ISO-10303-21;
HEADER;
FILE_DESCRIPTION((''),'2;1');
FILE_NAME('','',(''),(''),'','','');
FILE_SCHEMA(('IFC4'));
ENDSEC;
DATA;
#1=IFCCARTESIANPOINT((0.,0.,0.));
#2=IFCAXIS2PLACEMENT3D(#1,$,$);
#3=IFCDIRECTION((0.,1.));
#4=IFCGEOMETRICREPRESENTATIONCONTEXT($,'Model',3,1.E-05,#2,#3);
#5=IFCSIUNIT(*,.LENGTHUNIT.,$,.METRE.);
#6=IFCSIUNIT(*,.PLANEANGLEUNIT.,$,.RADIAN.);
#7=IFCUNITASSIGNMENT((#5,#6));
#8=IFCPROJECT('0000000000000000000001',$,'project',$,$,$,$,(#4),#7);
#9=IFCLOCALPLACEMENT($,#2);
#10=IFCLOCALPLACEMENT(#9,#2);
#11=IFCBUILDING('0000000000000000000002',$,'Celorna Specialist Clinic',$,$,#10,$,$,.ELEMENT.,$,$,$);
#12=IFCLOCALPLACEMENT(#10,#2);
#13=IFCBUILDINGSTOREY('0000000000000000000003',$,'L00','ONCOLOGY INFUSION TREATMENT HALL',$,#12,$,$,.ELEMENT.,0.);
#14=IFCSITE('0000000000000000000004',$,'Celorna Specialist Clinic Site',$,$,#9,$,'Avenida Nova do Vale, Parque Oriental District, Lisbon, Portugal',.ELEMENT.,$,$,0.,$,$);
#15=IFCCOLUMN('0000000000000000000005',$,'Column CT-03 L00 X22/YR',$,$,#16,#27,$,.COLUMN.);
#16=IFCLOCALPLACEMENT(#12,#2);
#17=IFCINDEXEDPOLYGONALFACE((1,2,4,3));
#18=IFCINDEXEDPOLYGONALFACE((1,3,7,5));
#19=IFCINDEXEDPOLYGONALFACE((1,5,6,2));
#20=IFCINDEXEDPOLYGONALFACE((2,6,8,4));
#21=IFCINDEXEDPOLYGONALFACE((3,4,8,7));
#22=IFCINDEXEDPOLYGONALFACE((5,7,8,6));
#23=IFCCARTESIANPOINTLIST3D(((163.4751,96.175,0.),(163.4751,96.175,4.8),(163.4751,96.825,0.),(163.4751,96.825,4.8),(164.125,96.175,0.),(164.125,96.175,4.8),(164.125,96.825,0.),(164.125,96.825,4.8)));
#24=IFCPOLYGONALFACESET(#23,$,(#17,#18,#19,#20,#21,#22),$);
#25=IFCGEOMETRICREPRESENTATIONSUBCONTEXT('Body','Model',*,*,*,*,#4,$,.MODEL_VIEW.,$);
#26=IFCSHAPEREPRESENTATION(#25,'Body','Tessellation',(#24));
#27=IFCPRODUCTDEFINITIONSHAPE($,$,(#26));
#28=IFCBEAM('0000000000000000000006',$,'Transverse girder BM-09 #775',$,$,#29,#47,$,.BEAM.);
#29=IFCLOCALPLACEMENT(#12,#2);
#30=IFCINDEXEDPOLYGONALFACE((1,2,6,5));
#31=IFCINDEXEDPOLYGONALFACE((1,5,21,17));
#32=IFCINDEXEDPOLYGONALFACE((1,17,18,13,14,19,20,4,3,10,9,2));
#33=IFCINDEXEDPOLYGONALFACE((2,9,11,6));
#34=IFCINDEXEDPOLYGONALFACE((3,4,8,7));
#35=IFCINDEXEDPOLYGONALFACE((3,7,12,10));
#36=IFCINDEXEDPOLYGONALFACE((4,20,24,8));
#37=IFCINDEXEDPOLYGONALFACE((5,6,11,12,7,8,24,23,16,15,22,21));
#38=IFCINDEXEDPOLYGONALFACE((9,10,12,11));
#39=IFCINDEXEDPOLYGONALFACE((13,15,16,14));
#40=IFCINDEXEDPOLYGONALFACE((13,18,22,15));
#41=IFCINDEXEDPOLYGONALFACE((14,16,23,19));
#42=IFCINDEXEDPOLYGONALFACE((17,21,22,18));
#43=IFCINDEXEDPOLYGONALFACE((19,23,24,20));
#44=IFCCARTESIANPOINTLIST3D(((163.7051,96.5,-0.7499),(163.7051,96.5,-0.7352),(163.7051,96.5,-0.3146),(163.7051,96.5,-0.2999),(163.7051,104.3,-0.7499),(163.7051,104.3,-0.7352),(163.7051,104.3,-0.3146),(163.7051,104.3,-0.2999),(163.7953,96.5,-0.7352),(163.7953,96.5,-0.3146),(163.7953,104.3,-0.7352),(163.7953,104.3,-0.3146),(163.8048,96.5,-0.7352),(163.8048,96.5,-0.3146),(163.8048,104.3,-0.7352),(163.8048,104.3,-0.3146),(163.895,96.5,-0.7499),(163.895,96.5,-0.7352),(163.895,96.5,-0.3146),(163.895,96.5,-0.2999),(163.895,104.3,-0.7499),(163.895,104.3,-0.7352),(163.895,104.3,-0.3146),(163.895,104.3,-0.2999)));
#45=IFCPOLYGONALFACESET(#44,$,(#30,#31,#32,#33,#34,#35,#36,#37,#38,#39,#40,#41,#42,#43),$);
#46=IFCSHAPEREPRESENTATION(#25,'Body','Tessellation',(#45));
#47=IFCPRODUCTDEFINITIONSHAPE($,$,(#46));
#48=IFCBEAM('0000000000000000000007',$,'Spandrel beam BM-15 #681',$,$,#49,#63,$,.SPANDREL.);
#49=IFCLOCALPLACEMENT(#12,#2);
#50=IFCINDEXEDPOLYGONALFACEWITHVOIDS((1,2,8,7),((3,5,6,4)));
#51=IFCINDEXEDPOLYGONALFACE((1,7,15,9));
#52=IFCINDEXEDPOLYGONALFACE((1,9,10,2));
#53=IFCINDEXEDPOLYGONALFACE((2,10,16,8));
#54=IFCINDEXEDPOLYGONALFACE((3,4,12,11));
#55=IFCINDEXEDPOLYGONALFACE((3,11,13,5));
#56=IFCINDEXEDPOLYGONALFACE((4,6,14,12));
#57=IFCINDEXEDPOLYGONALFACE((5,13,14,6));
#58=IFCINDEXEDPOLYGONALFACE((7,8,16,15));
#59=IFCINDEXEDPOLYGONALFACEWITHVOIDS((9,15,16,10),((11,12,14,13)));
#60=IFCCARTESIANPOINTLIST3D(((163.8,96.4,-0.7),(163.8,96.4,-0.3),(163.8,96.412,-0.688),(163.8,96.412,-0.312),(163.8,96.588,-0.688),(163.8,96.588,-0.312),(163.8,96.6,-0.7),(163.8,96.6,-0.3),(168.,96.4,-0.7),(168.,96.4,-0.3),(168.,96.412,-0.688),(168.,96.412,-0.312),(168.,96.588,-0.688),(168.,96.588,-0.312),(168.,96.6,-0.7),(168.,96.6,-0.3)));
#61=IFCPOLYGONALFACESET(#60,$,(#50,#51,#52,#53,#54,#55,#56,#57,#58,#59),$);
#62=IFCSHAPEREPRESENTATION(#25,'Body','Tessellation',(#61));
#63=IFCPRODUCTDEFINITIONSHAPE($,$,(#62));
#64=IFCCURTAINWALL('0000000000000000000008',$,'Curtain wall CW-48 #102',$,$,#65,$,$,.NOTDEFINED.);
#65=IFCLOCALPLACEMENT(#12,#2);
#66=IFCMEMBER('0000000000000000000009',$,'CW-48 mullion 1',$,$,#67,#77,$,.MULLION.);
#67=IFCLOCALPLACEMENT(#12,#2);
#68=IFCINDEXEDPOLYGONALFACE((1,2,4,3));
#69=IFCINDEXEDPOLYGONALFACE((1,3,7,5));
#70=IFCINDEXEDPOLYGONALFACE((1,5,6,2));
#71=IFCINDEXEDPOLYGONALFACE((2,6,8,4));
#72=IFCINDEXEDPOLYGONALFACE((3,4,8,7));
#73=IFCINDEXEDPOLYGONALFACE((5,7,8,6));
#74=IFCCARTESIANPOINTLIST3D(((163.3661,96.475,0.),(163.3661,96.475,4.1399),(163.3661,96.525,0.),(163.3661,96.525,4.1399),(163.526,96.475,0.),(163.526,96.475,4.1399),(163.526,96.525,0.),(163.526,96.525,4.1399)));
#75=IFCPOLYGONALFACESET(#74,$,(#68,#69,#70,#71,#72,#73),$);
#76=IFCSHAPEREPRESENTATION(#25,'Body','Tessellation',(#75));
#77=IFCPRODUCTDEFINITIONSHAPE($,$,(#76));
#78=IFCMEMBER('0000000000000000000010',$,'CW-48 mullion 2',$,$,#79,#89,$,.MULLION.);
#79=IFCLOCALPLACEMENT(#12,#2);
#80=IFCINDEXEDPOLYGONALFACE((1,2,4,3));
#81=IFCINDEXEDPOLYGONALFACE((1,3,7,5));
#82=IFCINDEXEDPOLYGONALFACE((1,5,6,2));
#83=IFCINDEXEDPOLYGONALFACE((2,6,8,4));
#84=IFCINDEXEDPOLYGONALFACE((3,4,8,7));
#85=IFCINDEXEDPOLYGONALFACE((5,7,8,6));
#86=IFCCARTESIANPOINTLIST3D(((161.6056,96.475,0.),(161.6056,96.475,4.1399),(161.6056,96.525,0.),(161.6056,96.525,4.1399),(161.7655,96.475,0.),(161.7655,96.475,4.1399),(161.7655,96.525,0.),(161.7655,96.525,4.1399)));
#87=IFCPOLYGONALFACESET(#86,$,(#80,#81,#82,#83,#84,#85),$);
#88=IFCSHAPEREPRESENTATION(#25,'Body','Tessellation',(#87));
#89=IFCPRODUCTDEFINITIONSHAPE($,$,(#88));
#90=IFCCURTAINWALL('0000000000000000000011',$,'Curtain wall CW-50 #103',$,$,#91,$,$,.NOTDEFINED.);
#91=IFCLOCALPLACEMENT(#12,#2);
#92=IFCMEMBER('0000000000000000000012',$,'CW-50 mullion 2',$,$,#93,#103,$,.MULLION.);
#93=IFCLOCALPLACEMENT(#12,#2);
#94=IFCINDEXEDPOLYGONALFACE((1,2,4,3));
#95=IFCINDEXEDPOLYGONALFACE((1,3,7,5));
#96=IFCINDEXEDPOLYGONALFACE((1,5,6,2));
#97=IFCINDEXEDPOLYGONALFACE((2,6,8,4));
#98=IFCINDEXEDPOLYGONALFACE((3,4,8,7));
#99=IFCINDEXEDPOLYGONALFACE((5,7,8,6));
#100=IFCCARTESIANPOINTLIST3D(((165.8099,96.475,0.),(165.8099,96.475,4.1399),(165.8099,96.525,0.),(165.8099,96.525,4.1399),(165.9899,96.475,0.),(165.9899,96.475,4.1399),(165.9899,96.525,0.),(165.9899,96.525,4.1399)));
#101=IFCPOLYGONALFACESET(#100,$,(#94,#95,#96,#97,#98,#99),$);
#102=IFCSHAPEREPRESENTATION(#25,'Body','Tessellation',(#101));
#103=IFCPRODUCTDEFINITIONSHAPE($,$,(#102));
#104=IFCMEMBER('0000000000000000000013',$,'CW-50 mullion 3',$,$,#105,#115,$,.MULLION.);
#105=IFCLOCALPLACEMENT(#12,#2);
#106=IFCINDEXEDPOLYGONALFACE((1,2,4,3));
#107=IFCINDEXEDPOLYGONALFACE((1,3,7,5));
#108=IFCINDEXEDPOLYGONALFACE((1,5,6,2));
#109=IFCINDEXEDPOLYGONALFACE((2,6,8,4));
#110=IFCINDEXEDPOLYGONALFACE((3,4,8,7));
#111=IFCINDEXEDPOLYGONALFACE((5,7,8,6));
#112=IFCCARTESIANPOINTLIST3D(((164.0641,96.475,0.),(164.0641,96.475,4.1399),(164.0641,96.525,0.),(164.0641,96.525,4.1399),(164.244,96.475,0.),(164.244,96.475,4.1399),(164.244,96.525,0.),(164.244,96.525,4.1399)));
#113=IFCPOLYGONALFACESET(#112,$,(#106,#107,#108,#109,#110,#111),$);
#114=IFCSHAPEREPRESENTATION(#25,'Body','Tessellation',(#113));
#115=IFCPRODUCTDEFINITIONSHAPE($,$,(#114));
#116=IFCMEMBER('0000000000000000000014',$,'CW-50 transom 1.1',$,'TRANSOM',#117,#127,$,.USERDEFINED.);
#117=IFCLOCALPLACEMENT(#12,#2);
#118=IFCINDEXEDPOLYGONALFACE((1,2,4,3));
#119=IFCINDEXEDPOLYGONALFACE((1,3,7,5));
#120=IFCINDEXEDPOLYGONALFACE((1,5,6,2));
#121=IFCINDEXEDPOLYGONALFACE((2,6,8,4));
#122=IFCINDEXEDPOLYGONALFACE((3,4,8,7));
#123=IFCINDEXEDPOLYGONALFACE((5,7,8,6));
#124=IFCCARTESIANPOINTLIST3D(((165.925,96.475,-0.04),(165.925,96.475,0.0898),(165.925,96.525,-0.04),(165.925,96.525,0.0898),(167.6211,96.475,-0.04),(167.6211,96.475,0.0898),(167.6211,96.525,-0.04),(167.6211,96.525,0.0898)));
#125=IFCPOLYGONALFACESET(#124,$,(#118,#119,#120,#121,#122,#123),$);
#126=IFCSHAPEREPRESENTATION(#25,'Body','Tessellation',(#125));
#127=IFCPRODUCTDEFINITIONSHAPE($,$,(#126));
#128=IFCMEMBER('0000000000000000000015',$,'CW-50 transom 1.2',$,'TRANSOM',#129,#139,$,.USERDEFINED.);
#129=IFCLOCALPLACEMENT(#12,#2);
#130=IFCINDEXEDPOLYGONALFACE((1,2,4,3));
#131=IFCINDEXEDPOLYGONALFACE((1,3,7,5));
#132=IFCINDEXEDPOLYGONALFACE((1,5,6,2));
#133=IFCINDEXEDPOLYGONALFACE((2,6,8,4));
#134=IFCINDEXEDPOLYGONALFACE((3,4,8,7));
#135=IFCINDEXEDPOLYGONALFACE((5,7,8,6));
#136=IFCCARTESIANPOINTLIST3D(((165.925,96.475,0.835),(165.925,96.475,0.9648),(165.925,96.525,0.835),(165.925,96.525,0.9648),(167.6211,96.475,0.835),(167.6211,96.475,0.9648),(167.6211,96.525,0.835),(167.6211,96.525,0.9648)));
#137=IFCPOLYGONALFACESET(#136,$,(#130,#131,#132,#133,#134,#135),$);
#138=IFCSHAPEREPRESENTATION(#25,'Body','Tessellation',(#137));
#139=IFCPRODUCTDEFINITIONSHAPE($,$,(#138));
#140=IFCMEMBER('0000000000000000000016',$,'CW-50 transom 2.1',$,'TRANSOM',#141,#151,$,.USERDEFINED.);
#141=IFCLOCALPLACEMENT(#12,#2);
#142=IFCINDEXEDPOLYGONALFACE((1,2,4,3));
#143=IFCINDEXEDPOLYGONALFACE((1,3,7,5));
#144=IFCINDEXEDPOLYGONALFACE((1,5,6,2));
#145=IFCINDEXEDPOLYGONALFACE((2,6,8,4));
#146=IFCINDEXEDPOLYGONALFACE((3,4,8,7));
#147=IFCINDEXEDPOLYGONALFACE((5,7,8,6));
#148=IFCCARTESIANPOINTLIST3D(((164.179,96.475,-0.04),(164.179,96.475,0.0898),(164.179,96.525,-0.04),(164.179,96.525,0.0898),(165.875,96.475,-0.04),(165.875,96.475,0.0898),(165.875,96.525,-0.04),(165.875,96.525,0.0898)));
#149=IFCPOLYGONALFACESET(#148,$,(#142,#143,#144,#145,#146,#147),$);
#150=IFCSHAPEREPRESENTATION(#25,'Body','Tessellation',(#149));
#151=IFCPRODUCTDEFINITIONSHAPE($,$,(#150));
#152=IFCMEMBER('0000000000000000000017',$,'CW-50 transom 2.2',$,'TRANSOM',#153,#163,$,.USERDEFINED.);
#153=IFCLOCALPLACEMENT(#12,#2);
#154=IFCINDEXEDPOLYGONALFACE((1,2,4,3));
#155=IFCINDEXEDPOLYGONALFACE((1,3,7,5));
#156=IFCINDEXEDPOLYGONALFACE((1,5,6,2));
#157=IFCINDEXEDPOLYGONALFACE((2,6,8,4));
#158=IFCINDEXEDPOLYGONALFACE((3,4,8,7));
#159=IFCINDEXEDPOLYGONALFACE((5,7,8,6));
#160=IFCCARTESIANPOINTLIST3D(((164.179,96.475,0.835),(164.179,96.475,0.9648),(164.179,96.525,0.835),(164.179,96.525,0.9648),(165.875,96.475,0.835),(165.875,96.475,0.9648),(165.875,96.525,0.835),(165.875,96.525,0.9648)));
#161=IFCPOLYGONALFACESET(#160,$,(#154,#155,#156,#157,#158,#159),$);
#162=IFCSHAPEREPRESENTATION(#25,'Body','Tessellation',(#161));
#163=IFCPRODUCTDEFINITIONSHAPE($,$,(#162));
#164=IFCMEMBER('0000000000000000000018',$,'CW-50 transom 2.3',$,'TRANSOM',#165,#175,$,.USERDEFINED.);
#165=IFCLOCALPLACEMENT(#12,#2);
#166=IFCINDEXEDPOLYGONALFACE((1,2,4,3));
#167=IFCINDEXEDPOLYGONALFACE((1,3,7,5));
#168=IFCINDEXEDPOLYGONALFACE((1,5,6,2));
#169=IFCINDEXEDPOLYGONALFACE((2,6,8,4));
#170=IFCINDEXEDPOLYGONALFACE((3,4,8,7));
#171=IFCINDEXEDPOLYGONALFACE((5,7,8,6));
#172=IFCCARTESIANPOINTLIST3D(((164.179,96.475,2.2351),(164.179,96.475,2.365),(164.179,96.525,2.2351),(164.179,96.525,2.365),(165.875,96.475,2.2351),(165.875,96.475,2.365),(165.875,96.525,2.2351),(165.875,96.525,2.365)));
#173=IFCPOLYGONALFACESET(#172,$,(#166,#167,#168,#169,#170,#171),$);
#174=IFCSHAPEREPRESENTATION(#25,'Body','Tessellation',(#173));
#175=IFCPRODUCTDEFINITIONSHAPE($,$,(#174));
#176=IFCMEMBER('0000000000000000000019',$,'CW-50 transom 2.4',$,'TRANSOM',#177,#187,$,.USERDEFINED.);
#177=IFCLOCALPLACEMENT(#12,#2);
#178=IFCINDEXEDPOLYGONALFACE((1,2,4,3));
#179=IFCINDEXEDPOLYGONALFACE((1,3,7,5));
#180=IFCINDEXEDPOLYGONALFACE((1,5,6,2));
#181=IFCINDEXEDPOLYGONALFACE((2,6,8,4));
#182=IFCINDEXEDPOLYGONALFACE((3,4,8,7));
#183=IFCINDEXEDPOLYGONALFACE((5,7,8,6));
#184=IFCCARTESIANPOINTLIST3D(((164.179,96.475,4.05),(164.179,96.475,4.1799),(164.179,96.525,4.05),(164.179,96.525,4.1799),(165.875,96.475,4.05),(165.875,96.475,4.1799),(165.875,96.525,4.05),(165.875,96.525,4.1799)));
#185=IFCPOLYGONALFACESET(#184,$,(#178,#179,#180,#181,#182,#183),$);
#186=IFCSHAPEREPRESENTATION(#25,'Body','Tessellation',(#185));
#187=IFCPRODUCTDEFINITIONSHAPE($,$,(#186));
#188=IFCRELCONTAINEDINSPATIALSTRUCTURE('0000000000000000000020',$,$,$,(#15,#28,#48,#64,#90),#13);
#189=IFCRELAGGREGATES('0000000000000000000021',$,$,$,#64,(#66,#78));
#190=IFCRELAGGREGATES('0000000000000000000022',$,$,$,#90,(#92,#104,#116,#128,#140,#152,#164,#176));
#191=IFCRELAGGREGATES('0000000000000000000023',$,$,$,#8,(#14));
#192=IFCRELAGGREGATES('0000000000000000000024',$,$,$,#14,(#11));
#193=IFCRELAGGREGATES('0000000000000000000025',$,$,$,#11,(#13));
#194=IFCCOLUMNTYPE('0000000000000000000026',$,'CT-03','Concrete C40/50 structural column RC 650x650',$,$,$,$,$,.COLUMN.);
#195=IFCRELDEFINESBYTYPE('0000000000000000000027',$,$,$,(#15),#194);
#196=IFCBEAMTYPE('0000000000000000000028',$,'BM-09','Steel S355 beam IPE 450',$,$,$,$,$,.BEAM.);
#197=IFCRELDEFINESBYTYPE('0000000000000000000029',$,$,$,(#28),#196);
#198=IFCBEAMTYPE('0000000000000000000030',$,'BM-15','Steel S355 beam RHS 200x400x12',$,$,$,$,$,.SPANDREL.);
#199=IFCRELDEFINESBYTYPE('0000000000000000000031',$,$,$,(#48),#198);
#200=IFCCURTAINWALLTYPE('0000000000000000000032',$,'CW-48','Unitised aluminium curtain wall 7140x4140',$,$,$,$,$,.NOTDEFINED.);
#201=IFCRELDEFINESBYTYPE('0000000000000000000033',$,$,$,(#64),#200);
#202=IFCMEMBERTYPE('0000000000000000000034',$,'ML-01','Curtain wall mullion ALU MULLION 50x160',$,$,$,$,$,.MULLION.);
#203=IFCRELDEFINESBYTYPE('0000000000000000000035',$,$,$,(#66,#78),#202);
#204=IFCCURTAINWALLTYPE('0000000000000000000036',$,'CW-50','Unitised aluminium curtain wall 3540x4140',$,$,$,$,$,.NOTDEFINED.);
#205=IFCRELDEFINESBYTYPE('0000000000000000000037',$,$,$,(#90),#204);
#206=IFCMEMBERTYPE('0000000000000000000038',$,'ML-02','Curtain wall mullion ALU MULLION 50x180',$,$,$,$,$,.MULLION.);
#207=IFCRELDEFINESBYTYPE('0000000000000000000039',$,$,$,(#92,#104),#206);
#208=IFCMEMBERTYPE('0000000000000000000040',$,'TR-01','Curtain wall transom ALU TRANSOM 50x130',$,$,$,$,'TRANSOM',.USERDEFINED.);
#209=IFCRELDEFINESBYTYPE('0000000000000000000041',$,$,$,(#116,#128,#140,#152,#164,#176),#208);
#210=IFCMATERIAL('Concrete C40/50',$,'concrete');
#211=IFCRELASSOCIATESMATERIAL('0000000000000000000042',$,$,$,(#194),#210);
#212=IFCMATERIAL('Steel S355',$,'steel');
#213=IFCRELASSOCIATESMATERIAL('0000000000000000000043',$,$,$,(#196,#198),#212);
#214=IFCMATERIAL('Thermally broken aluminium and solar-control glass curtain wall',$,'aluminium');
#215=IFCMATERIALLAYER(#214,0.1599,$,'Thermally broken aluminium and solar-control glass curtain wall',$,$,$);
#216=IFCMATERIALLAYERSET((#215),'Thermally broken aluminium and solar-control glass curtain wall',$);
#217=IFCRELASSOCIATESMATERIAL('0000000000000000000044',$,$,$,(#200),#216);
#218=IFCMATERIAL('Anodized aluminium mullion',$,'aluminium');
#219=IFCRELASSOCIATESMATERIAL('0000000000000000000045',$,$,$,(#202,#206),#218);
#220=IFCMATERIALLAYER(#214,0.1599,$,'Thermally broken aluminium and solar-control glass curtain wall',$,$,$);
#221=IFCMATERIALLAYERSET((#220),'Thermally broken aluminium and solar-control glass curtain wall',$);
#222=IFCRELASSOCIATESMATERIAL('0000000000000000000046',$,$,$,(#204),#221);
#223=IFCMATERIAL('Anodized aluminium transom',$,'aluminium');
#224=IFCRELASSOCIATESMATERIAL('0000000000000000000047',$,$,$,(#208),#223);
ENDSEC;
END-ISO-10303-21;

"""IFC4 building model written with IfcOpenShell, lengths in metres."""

from ifc_helpers import new_model, si_unit, direction, frame, origin, origin_2d, place, context, subcontext, project, spatial, rectangle, hollow_rectangle, i_section, extrude, material, layer, layer_set, material_profile, profile_set, type_object, element, aggregate, save


model = new_model("IFC4")

# Units and contexts
model_context = context("Model", 3, precision=1e-05, world=origin(), true_north=direction((0.0, 1.0)))
body_context = subcontext(model_context, "Body", "Model", "MODEL_VIEW")
ifc_project = project(units=[si_unit("LENGTHUNIT", "METRE"), si_unit("PLANEANGLEUNIT", "RADIAN")], contexts=[model_context])

# Site, building, storey
site_placement = place(None, origin())
site = spatial("IfcSite", under=ifc_project, at=site_placement, Name="Celorna Specialist Clinic Site", LongName="Avenida Nova do Vale, Parque Oriental District, Lisbon, Portugal", CompositionType="ELEMENT", RefElevation=0.0)
building_placement = place(site_placement, origin())
building = spatial("IfcBuilding", under=site, at=building_placement, Name="Celorna Specialist Clinic", CompositionType="ELEMENT")
storey_placement = place(building_placement, origin())
storey = spatial("IfcBuildingStorey", under=building, at=storey_placement, Name="L00", Description="ONCOLOGY INFUSION TREATMENT HALL", CompositionType="ELEMENT", Elevation=0.0)

# Column
ifc_material_1 = material(Name="Concrete C40/50", Category="concrete")
ifc_material_profile_1 = material_profile(ifc_material_1, rectangle(XDim=0.6499, YDim=0.6499, at=origin_2d()), Name="RC 650x650")
ifc_profile_set_1 = profile_set([ifc_material_profile_1], Name="Concrete C40/50")
column_type = type_object("IfcColumnType", Name="CT-03", Description="Concrete C40/50 structural column RC 650x650", PredefinedType="COLUMN", material=ifc_profile_set_1)
column_placement = place(storey_placement, frame((163.8, 96.5, 0.0), z_axis=(0.0, 0.0, 1.0), x_axis=(1.0, 0.0, 0.0)))
element("IfcColumn", 1, at=column_placement, inside=storey, type_object=column_type, Name="Column CT-03 L00 X22/YR", PredefinedType="COLUMN", context=body_context, shape_type="SweptSolid", body=[
    extrude(rectangle(XDim=0.6499, YDim=0.6499, at=origin_2d()), origin(), (0.0, 0.0, 1.0), 4.8),
])

# Beams
ifc_material_2 = material(Name="Steel S355", Category="steel")
ifc_material_profile_2 = material_profile(ifc_material_2, i_section(OverallWidth=0.1899, OverallDepth=0.45, WebThickness=0.0095, FlangeThickness=0.0146, at=origin_2d()), Name="IPE 450")
ifc_profile_set_2 = profile_set([ifc_material_profile_2], Name="Steel S355")
beam_type_1 = type_object("IfcBeamType", Name="BM-09", Description="Steel S355 beam IPE 450", PredefinedType="BEAM", material=ifc_profile_set_2)
beam_1_placement = place(storey_placement, frame((163.8, 96.5, -0.5249), z_axis=(0.0, 1.0, 0.0), x_axis=(-1.0, 0.0, 0.0)))
element("IfcBeam", 2, at=beam_1_placement, inside=storey, type_object=beam_type_1, Name="Transverse girder BM-09 #775", PredefinedType="BEAM", context=body_context, shape_type="SweptSolid", body=[
    extrude(i_section(OverallWidth=0.1899, OverallDepth=0.45, WebThickness=0.0095, FlangeThickness=0.0146, at=origin_2d()), origin(), (0.0, 0.0, 1.0), 7.8),
])
ifc_material_profile_3 = material_profile(ifc_material_2, hollow_rectangle(XDim=0.2, YDim=0.3999, WallThickness=0.012, at=origin_2d()), Name="RHS 200x400x12")
ifc_profile_set_3 = profile_set([ifc_material_profile_3], Name="Steel S355")
beam_type_2 = type_object("IfcBeamType", Name="BM-15", Description="Steel S355 beam RHS 200x400x12", PredefinedType="SPANDREL", material=ifc_profile_set_3)
beam_2_placement = place(storey_placement, frame((163.8, 96.5, -0.5), z_axis=(1.0, 0.0, 0.0), x_axis=(0.0, 1.0, 0.0)))
element("IfcBeam", 3, at=beam_2_placement, inside=storey, type_object=beam_type_2, Name="Spandrel beam BM-15 #681", PredefinedType="SPANDREL", context=body_context, shape_type="SweptSolid", body=[
    extrude(hollow_rectangle(XDim=0.2, YDim=0.3999, WallThickness=0.012, at=origin_2d()), origin(), (0.0, 0.0, 1.0), 4.2),
])

# Curtain walls, members
ifc_material_3 = material(Name="Thermally broken aluminium and solar-control glass curtain wall", Category="aluminium")
ifc_layer_1 = layer(ifc_material_3, 0.1599, Name="Thermally broken aluminium and solar-control glass curtain wall")
ifc_layer_set_1 = layer_set([ifc_layer_1], Name="Thermally broken aluminium and solar-control glass curtain wall")
curtain_wall_type_1 = type_object("IfcCurtainWallType", Name="CW-48", Description="Unitised aluminium curtain wall 7140x4140", PredefinedType="NOTDEFINED", material=ifc_layer_set_1)
curtain_wall_1_placement = place(storey_placement, origin())
curtain_wall_1 = element("IfcCurtainWall", 4, at=curtain_wall_1_placement, inside=storey, type_object=curtain_wall_type_1, Name="Curtain wall CW-48 #102", PredefinedType="NOTDEFINED")
ifc_material_4 = material(Name="Anodized aluminium mullion", Category="aluminium")
ifc_material_profile_4 = material_profile(ifc_material_4, rectangle(XDim=0.05, YDim=0.1599, at=origin_2d()), Name="ALU MULLION 50x160")
ifc_profile_set_4 = profile_set([ifc_material_profile_4], Name="Anodized aluminium mullion")
member_type_1 = type_object("IfcMemberType", Name="ML-01", Description="Curtain wall mullion ALU MULLION 50x160", PredefinedType="MULLION", material=ifc_profile_set_4)
member_1_placement = place(storey_placement, frame((163.446, 96.5, 0.0), z_axis=(0.0, 0.0, 1.0), x_axis=(0.0, -1.0, 0.0)))
member_1 = element("IfcMember", 5, at=member_1_placement, type_object=member_type_1, Name="CW-48 mullion 1", PredefinedType="MULLION", context=body_context, shape_type="SweptSolid", body=[
    extrude(rectangle(XDim=0.05, YDim=0.1599, at=origin_2d()), origin(), (0.0, 0.0, 1.0), 4.1399),
])
member_2_placement = place(storey_placement, frame((161.6855, 96.5, 0.0), z_axis=(0.0, 0.0, 1.0), x_axis=(0.0, -1.0, 0.0)))
member_2 = element("IfcMember", 6, at=member_2_placement, type_object=member_type_1, Name="CW-48 mullion 2", PredefinedType="MULLION", context=body_context, shape_type="SweptSolid", body=[
    extrude(rectangle(XDim=0.05, YDim=0.1599, at=origin_2d()), origin(), (0.0, 0.0, 1.0), 4.1399),
])
ifc_layer_2 = layer(ifc_material_3, 0.1599, Name="Thermally broken aluminium and solar-control glass curtain wall")
ifc_layer_set_2 = layer_set([ifc_layer_2], Name="Thermally broken aluminium and solar-control glass curtain wall")
curtain_wall_type_2 = type_object("IfcCurtainWallType", Name="CW-50", Description="Unitised aluminium curtain wall 3540x4140", PredefinedType="NOTDEFINED", material=ifc_layer_set_2)
curtain_wall_2_placement = place(storey_placement, origin())
curtain_wall_2 = element("IfcCurtainWall", 7, at=curtain_wall_2_placement, inside=storey, type_object=curtain_wall_type_2, Name="Curtain wall CW-50 #103", PredefinedType="NOTDEFINED")
ifc_material_profile_5 = material_profile(ifc_material_4, rectangle(XDim=0.05, YDim=0.1799, at=origin_2d()), Name="ALU MULLION 50x180")
ifc_profile_set_5 = profile_set([ifc_material_profile_5], Name="Anodized aluminium mullion")
member_type_2 = type_object("IfcMemberType", Name="ML-02", Description="Curtain wall mullion ALU MULLION 50x180", PredefinedType="MULLION", material=ifc_profile_set_5)
member_3_placement = place(storey_placement, frame((165.8999, 96.5, 0.0), z_axis=(0.0, 0.0, 1.0), x_axis=(0.0, -1.0, 0.0)))
member_3 = element("IfcMember", 8, at=member_3_placement, type_object=member_type_2, Name="CW-50 mullion 2", PredefinedType="MULLION", context=body_context, shape_type="SweptSolid", body=[
    extrude(rectangle(XDim=0.05, YDim=0.1799, at=origin_2d()), origin(), (0.0, 0.0, 1.0), 4.1399),
])
member_4_placement = place(storey_placement, frame((164.1541, 96.5, 0.0), z_axis=(0.0, 0.0, 1.0), x_axis=(0.0, -1.0, 0.0)))
member_4 = element("IfcMember", 9, at=member_4_placement, type_object=member_type_2, Name="CW-50 mullion 3", PredefinedType="MULLION", context=body_context, shape_type="SweptSolid", body=[
    extrude(rectangle(XDim=0.05, YDim=0.1799, at=origin_2d()), origin(), (0.0, 0.0, 1.0), 4.1399),
])
ifc_material_5 = material(Name="Anodized aluminium transom", Category="aluminium")
ifc_material_profile_6 = material_profile(ifc_material_5, rectangle(XDim=0.05, YDim=0.1299, at=origin_2d()), Name="ALU TRANSOM 50x130")
ifc_profile_set_6 = profile_set([ifc_material_profile_6], Name="Anodized aluminium transom")
member_type_3 = type_object("IfcMemberType", Name="TR-01", Description="Curtain wall transom ALU TRANSOM 50x130", ElementType="TRANSOM", PredefinedType="USERDEFINED", material=ifc_profile_set_6)
member_5_placement = place(storey_placement, frame((167.6211, 96.5, 0.0249), z_axis=(-1.0, 0.0, 0.0), x_axis=(0.0, -1.0, 0.0)))
member_5 = element("IfcMember", 10, at=member_5_placement, type_object=member_type_3, Name="CW-50 transom 1.1", ObjectType="TRANSOM", PredefinedType="USERDEFINED", context=body_context, shape_type="SweptSolid", body=[
    extrude(rectangle(XDim=0.05, YDim=0.1299, at=origin_2d()), origin(), (0.0, 0.0, 1.0), 1.696),
])
member_6_placement = place(storey_placement, frame((167.6211, 96.5, 0.8999), z_axis=(-1.0, 0.0, 0.0), x_axis=(0.0, -1.0, 0.0)))
member_6 = element("IfcMember", 11, at=member_6_placement, type_object=member_type_3, Name="CW-50 transom 1.2", ObjectType="TRANSOM", PredefinedType="USERDEFINED", context=body_context, shape_type="SweptSolid", body=[
    extrude(rectangle(XDim=0.05, YDim=0.1299, at=origin_2d()), origin(), (0.0, 0.0, 1.0), 1.696),
])
member_7_placement = place(storey_placement, frame((165.875, 96.5, 0.0249), z_axis=(-1.0, 0.0, 0.0), x_axis=(0.0, -1.0, 0.0)))
member_7 = element("IfcMember", 12, at=member_7_placement, type_object=member_type_3, Name="CW-50 transom 2.1", ObjectType="TRANSOM", PredefinedType="USERDEFINED", context=body_context, shape_type="SweptSolid", body=[
    extrude(rectangle(XDim=0.05, YDim=0.1299, at=origin_2d()), origin(), (0.0, 0.0, 1.0), 1.696),
])
member_8_placement = place(storey_placement, frame((165.875, 96.5, 0.8999), z_axis=(-1.0, 0.0, 0.0), x_axis=(0.0, -1.0, 0.0)))
member_8 = element("IfcMember", 13, at=member_8_placement, type_object=member_type_3, Name="CW-50 transom 2.2", ObjectType="TRANSOM", PredefinedType="USERDEFINED", context=body_context, shape_type="SweptSolid", body=[
    extrude(rectangle(XDim=0.05, YDim=0.1299, at=origin_2d()), origin(), (0.0, 0.0, 1.0), 1.696),
])
member_9_placement = place(storey_placement, frame((165.875, 96.5, 2.3), z_axis=(-1.0, 0.0, 0.0), x_axis=(0.0, -1.0, 0.0)))
member_9 = element("IfcMember", 14, at=member_9_placement, type_object=member_type_3, Name="CW-50 transom 2.3", ObjectType="TRANSOM", PredefinedType="USERDEFINED", context=body_context, shape_type="SweptSolid", body=[
    extrude(rectangle(XDim=0.05, YDim=0.1299, at=origin_2d()), origin(), (0.0, 0.0, 1.0), 1.696),
])
member_10_placement = place(storey_placement, frame((165.875, 96.5, 4.115), z_axis=(-1.0, 0.0, 0.0), x_axis=(0.0, -1.0, 0.0)))
member_10 = element("IfcMember", 15, at=member_10_placement, type_object=member_type_3, Name="CW-50 transom 2.4", ObjectType="TRANSOM", PredefinedType="USERDEFINED", context=body_context, shape_type="SweptSolid", body=[
    extrude(rectangle(XDim=0.05, YDim=0.1299, at=origin_2d()), origin(), (0.0, 0.0, 1.0), 1.696),
])

aggregate(curtain_wall_1, [member_1, member_2])
aggregate(curtain_wall_2, [member_3, member_4, member_5, member_6, member_7, member_8, member_9, member_10])

save(model, "model.ifc")
